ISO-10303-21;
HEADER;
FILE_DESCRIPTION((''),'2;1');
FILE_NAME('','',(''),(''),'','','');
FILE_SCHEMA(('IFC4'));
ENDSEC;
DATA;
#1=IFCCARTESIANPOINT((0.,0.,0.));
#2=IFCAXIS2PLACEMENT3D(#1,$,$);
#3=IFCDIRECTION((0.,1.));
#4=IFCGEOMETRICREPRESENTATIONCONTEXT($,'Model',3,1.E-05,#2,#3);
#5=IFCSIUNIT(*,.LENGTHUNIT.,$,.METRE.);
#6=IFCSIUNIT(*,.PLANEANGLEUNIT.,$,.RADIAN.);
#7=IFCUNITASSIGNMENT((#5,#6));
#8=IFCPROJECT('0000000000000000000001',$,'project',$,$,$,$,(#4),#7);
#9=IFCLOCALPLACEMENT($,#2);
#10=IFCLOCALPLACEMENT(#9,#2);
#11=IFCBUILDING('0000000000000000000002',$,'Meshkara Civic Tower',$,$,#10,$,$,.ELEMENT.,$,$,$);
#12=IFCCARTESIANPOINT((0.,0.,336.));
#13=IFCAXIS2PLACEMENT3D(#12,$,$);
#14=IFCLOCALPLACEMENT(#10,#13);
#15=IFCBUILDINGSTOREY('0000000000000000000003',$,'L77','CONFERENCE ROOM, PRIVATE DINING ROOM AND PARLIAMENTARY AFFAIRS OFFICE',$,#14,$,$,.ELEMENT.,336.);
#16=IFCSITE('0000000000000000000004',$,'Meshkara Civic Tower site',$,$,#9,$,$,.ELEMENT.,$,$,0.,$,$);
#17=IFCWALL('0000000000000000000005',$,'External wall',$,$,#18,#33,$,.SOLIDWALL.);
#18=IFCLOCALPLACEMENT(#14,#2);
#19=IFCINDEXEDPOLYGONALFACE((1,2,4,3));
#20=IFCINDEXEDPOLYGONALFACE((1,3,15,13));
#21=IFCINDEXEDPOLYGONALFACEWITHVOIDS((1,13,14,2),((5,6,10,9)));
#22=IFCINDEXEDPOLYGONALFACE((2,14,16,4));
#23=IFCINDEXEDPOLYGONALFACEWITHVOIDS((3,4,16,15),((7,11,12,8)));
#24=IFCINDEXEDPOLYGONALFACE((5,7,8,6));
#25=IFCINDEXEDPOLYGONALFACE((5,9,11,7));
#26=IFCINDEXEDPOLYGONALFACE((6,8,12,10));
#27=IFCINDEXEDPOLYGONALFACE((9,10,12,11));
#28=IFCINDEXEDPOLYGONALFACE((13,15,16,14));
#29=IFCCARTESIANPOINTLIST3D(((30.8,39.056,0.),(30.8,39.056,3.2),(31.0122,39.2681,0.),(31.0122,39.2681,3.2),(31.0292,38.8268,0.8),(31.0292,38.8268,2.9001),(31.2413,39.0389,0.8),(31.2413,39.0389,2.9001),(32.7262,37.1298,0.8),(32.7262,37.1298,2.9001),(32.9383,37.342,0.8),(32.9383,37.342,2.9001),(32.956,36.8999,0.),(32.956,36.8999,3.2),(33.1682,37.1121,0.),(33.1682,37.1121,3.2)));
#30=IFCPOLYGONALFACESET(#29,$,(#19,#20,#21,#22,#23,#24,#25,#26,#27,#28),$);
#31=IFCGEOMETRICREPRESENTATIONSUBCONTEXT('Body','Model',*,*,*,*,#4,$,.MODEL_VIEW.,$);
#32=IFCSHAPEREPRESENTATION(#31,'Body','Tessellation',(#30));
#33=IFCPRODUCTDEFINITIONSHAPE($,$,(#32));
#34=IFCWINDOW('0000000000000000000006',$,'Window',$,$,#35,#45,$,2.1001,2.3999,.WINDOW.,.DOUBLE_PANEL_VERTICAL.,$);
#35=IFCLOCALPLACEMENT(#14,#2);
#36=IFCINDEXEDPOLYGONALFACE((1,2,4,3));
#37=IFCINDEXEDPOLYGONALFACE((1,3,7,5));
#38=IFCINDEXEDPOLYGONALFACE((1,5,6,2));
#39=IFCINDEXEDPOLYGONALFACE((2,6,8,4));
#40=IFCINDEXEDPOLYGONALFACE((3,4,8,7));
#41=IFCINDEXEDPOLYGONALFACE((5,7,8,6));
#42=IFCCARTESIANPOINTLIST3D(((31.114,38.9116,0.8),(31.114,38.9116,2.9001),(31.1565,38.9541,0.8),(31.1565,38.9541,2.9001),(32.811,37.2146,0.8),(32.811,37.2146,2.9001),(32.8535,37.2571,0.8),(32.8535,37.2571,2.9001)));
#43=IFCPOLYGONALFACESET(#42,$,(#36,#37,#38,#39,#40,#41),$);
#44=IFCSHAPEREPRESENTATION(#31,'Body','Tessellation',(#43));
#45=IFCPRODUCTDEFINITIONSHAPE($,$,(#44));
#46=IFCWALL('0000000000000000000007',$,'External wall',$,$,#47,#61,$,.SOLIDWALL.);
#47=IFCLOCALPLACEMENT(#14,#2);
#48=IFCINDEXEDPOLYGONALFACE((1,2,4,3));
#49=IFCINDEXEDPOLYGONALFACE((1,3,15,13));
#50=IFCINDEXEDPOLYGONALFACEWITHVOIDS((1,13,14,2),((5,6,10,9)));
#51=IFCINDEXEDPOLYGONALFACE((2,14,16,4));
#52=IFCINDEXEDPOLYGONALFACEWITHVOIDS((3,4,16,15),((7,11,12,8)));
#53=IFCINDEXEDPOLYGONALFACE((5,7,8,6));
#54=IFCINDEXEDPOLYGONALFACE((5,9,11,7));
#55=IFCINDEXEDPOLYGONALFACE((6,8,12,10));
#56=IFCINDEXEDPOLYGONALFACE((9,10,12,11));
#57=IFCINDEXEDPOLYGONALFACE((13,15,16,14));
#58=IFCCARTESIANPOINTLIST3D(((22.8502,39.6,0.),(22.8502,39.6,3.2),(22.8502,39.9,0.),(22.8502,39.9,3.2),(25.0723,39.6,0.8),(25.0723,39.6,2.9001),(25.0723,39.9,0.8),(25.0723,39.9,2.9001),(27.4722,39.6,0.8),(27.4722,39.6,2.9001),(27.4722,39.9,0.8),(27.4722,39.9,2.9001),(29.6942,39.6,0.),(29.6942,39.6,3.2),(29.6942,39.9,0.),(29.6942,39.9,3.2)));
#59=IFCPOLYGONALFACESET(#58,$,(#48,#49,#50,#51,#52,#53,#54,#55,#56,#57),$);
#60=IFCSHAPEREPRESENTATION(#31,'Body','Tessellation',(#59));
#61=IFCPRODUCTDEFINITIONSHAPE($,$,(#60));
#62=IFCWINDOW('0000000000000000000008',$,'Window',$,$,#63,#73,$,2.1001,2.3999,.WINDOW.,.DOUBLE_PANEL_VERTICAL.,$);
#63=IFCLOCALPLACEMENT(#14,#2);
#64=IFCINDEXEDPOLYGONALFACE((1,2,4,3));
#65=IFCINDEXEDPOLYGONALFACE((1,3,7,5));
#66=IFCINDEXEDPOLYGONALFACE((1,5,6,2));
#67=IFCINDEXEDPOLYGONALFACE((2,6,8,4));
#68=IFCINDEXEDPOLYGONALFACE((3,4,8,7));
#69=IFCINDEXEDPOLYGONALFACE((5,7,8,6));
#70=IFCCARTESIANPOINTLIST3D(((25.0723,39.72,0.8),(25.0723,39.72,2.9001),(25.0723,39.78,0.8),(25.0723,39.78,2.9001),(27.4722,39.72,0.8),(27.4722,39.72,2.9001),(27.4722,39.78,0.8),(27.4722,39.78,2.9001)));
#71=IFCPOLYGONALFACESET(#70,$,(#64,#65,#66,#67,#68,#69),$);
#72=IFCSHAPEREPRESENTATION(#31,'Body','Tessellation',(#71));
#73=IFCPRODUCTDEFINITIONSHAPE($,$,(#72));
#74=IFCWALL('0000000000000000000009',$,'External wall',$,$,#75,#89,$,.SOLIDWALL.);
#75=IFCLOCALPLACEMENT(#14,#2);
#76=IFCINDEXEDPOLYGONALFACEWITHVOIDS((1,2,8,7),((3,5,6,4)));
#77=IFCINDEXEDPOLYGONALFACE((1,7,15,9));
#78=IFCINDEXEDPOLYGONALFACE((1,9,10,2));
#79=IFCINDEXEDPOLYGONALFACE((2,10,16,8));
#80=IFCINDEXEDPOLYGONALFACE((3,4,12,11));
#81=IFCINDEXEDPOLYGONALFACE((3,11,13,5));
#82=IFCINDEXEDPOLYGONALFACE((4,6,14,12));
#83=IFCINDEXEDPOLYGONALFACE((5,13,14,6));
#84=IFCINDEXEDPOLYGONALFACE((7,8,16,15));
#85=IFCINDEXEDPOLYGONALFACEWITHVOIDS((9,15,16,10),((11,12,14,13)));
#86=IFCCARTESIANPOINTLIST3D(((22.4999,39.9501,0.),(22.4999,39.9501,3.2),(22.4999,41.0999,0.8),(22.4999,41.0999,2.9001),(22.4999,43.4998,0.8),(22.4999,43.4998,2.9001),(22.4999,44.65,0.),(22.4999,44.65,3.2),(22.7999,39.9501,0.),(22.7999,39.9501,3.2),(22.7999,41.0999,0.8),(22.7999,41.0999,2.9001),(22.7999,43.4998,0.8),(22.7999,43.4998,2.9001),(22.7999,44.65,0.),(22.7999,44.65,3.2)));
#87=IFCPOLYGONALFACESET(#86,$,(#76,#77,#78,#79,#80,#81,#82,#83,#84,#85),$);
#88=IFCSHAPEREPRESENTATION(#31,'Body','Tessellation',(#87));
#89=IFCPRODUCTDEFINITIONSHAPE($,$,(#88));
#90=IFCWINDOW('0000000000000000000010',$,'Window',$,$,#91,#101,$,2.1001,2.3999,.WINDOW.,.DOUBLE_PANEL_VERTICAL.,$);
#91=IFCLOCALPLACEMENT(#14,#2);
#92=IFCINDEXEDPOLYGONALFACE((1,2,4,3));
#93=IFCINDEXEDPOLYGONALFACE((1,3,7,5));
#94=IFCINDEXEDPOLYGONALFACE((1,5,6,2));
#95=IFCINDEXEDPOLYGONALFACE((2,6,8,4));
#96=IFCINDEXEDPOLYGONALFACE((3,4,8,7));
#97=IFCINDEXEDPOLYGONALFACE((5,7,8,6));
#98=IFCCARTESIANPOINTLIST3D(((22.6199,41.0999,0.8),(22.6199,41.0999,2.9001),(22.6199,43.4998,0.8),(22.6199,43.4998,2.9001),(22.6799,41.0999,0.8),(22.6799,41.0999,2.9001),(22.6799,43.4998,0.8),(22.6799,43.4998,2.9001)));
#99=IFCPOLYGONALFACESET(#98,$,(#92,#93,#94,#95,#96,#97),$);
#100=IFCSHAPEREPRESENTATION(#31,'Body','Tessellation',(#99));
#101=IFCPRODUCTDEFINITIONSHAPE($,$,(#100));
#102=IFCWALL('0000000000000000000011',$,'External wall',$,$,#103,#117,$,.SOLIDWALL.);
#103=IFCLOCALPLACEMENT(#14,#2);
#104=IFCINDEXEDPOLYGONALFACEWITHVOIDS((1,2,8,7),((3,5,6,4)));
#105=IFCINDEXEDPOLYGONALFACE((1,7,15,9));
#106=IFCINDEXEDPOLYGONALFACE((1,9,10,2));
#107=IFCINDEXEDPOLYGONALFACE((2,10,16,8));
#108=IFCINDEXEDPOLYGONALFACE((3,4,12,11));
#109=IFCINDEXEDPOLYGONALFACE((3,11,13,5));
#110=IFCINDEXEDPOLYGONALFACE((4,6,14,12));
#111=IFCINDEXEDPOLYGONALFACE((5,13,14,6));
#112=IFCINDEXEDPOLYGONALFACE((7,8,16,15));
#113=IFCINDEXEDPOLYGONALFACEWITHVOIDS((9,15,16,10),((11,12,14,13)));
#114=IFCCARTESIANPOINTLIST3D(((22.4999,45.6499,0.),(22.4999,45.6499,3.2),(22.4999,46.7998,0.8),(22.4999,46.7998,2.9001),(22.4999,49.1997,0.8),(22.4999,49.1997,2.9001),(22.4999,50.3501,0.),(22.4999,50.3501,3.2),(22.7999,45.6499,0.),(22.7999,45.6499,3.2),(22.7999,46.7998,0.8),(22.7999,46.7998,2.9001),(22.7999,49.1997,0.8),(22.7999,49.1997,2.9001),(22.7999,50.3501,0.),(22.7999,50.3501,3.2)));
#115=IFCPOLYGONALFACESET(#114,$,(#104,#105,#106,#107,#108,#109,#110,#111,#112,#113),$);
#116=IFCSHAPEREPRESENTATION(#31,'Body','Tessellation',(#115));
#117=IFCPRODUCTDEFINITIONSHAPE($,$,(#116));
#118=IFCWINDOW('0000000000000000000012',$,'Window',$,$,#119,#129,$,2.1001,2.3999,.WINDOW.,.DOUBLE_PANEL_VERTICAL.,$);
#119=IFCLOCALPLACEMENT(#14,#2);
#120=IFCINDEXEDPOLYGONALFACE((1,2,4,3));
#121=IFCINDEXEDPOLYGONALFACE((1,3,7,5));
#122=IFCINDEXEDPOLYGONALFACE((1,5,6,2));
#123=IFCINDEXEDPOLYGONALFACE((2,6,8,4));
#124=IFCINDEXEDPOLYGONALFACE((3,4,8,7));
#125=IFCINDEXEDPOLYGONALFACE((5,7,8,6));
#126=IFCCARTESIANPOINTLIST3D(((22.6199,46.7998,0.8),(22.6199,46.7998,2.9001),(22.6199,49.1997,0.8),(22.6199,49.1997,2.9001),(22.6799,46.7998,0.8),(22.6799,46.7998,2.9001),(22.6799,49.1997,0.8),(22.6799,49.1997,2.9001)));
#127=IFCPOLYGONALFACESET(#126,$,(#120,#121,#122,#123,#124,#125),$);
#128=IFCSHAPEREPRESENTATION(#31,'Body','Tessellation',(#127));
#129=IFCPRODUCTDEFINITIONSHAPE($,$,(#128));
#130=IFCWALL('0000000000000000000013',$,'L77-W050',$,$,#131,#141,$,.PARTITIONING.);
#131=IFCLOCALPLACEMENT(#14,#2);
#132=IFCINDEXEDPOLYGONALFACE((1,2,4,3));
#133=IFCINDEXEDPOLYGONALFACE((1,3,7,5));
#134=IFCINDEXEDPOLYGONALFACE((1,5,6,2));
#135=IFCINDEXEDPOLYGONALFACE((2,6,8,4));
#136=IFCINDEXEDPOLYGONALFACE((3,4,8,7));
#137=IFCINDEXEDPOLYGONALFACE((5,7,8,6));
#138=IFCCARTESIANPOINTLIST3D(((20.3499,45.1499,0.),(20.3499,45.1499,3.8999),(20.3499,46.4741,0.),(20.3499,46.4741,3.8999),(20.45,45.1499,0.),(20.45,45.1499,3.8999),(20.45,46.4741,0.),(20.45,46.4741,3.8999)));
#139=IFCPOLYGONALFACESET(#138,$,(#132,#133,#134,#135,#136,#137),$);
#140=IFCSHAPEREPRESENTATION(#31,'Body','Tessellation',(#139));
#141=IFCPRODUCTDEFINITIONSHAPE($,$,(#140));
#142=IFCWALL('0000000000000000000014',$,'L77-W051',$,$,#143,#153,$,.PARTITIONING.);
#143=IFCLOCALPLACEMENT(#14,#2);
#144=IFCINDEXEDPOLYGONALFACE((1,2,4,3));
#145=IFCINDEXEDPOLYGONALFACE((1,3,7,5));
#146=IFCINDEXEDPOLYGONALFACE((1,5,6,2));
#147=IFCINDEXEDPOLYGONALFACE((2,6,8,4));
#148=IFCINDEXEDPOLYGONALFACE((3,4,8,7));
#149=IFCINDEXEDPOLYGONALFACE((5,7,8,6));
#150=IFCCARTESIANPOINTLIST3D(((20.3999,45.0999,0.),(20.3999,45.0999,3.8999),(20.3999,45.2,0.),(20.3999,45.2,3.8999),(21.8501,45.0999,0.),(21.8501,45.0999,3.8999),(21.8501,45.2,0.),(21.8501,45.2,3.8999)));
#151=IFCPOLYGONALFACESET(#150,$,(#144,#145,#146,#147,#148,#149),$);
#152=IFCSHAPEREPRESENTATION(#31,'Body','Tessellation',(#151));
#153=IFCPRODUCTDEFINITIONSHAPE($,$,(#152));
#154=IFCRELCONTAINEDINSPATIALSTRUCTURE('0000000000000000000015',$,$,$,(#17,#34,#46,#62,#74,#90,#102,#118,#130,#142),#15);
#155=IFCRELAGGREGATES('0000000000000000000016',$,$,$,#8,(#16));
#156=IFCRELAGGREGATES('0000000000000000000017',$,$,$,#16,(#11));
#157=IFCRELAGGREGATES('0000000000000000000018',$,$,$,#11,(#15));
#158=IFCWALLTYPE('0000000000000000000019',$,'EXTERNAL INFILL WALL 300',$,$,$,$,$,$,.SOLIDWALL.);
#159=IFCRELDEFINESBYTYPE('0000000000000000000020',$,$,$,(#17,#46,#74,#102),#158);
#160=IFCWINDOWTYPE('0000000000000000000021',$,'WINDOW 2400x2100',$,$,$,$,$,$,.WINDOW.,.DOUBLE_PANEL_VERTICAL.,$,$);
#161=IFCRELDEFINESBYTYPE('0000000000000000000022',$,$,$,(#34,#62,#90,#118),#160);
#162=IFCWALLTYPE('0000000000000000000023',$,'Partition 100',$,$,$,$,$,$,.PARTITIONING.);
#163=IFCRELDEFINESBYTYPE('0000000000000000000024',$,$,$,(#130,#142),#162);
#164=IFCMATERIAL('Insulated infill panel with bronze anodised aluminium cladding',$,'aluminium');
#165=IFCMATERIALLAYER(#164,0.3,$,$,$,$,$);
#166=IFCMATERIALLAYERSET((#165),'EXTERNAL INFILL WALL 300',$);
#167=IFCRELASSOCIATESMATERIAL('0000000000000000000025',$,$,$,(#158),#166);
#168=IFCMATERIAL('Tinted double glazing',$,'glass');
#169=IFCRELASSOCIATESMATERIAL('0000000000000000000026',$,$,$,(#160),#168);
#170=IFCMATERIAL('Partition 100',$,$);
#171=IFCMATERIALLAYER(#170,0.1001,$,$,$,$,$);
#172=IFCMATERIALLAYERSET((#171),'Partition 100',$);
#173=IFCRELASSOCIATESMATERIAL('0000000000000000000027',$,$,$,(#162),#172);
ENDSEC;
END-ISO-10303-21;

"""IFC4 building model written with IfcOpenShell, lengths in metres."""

from ifc_helpers import new_model, si_unit, direction, frame, frame_2d, origin, place, context, subcontext, project, spatial, rectangle, extrude, material, layer, layer_set, type_object, element, fill, save


model = new_model("IFC4")

# Units and contexts
model_context = context("Model", 3, precision=1e-05, world=origin(), true_north=direction((0.0, 1.0)))
body_context = subcontext(model_context, "Body", "Model", "MODEL_VIEW")
ifc_project = project(units=[si_unit("LENGTHUNIT", "METRE"), si_unit("PLANEANGLEUNIT", "RADIAN")], contexts=[model_context])

# Site, building, storey
site_placement = place(None, origin())
site = spatial("IfcSite", under=ifc_project, at=site_placement, Name="Meshkara Civic Tower site", CompositionType="ELEMENT", RefElevation=0.0)
building_placement = place(site_placement, origin())
building = spatial("IfcBuilding", under=site, at=building_placement, Name="Meshkara Civic Tower", CompositionType="ELEMENT")
storey_placement = place(building_placement, frame((0.0, 0.0, 336.0)))
storey = spatial("IfcBuildingStorey", under=building, at=storey_placement, Name="L77", Description="CONFERENCE ROOM, PRIVATE DINING ROOM AND PARLIAMENTARY AFFAIRS OFFICE", CompositionType="ELEMENT", Elevation=336.0)

# Walls, openings, windows
ifc_material_1 = material(Name="Insulated infill panel with bronze anodised aluminium cladding", Category="aluminium")
ifc_layer_1 = layer(ifc_material_1, 0.3)
ifc_layer_set_1 = layer_set([ifc_layer_1], Name="EXTERNAL INFILL WALL 300")
wall_type_1 = type_object("IfcWallType", Name="EXTERNAL INFILL WALL 300", PredefinedType="SOLIDWALL", material=ifc_layer_set_1)
wall_1_placement = place(storey_placement, frame((33.062, 37.0061, 0.0), z_axis=(0.0, 0.0, 1.0), x_axis=(-0.707107, 0.707107, 0.0)))
wall_1 = element("IfcWall", 1, at=wall_1_placement, inside=storey, type_object=wall_type_1, Name="External wall", PredefinedType="SOLIDWALL", context=body_context, shape_type="SweptSolid", body=[
    extrude(rectangle(XDim=3.0491, YDim=0.3, at=frame_2d((1.5244, 0.0))), origin(), (0.0, 0.0, 1.0), 3.2),
])
opening_1_placement = place(wall_1_placement, frame((0.325, 0.0, 0.8)))
opening_1 = element("IfcOpeningElement", 2, at=opening_1_placement, cuts=wall_1, PredefinedType="OPENING", context=body_context, shape_type="SweptSolid", body=[
    extrude(rectangle(XDim=2.3999, YDim=2.1001, at=frame_2d((1.2, 1.05))), frame((0.0, 0.1599, 0.0), z_axis=(0.0, -1.0, 0.0), x_axis=(1.0, 0.0, 0.0)), (0.0, 0.0, 1.0), 0.3201),
])
ifc_material_2 = material(Name="Tinted double glazing", Category="glass")
window_type = type_object("IfcWindowType", Name="WINDOW 2400x2100", PartitioningType="DOUBLE_PANEL_VERTICAL", PredefinedType="WINDOW", material=ifc_material_2)
window_1_placement = place(opening_1_placement, origin())
window_1 = element("IfcWindow", 3, at=window_1_placement, inside=storey, type_object=window_type, Name="Window", OverallHeight=2.1001, OverallWidth=2.3999, PartitioningType="DOUBLE_PANEL_VERTICAL", PredefinedType="WINDOW", context=body_context, shape_type="SweptSolid", body=[
    extrude(rectangle(XDim=2.3999, YDim=2.1001, at=frame_2d((1.2, 1.05))), frame((0.0, 0.03, 0.0), z_axis=(0.0, -1.0, 0.0), x_axis=(1.0, 0.0, 0.0)), (0.0, 0.0, 1.0), 0.0601),
])
fill(opening_1, window_1)
wall_2_placement = place(storey_placement, frame((29.6941, 39.75, 0.0), z_axis=(0.0, 0.0, 1.0), x_axis=(-1.0, 0.0, 0.0)))
wall_2 = element("IfcWall", 4, at=wall_2_placement, inside=storey, type_object=wall_type_1, Name="External wall", PredefinedType="SOLIDWALL", context=body_context, shape_type="SweptSolid", body=[
    extrude(rectangle(XDim=6.844, YDim=0.3, at=frame_2d((3.4219, 0.0))), origin(), (0.0, 0.0, 1.0), 3.2),
])
opening_2_placement = place(wall_2_placement, frame((2.2219, 0.0, 0.8)))
opening_2 = element("IfcOpeningElement", 5, at=opening_2_placement, cuts=wall_2, PredefinedType="OPENING", context=body_context, shape_type="SweptSolid", body=[
    extrude(rectangle(XDim=2.3999, YDim=2.1001, at=frame_2d((1.2, 1.05))), frame((0.0, 0.1599, 0.0), z_axis=(0.0, -1.0, 0.0), x_axis=(1.0, 0.0, 0.0)), (0.0, 0.0, 1.0), 0.3201),
])
window_2_placement = place(opening_2_placement, origin())
window_2 = element("IfcWindow", 6, at=window_2_placement, inside=storey, type_object=window_type, Name="Window", OverallHeight=2.1001, OverallWidth=2.3999, PartitioningType="DOUBLE_PANEL_VERTICAL", PredefinedType="WINDOW", context=body_context, shape_type="SweptSolid", body=[
    extrude(rectangle(XDim=2.3999, YDim=2.1001, at=frame_2d((1.2, 1.05))), frame((0.0, 0.03, 0.0), z_axis=(0.0, -1.0, 0.0), x_axis=(1.0, 0.0, 0.0)), (0.0, 0.0, 1.0), 0.0601),
])
fill(opening_2, window_2)
wall_3_placement = place(storey_placement, frame((22.6499, 39.95, 0.0), z_axis=(0.0, 0.0, 1.0), x_axis=(0.0, 1.0, 0.0)))
wall_3 = element("IfcWall", 7, at=wall_3_placement, inside=storey, type_object=wall_type_1, Name="External wall", PredefinedType="SOLIDWALL", context=body_context, shape_type="SweptSolid", body=[
    extrude(rectangle(XDim=4.7, YDim=0.3, at=frame_2d((2.3501, 0.0))), origin(), (0.0, 0.0, 1.0), 3.2),
])
opening_3_placement = place(wall_3_placement, frame((1.1499, 0.0, 0.8)))
opening_3 = element("IfcOpeningElement", 8, at=opening_3_placement, cuts=wall_3, PredefinedType="OPENING", context=body_context, shape_type="SweptSolid", body=[
    extrude(rectangle(XDim=2.3999, YDim=2.1001, at=frame_2d((1.2, 1.05))), frame((0.0, 0.1599, 0.0), z_axis=(0.0, -1.0, 0.0), x_axis=(1.0, 0.0, 0.0)), (0.0, 0.0, 1.0), 0.3201),
])
window_3_placement = place(opening_3_placement, origin())
window_3 = element("IfcWindow", 9, at=window_3_placement, inside=storey, type_object=window_type, Name="Window", OverallHeight=2.1001, OverallWidth=2.3999, PartitioningType="DOUBLE_PANEL_VERTICAL", PredefinedType="WINDOW", context=body_context, shape_type="SweptSolid", body=[
    extrude(rectangle(XDim=2.3999, YDim=2.1001, at=frame_2d((1.2, 1.05))), frame((0.0, 0.03, 0.0), z_axis=(0.0, -1.0, 0.0), x_axis=(1.0, 0.0, 0.0)), (0.0, 0.0, 1.0), 0.0601),
])
fill(opening_3, window_3)
wall_4_placement = place(storey_placement, frame((22.6499, 45.6499, 0.0), z_axis=(0.0, 0.0, 1.0), x_axis=(0.0, 1.0, 0.0)))
wall_4 = element("IfcWall", 10, at=wall_4_placement, inside=storey, type_object=wall_type_1, Name="External wall", PredefinedType="SOLIDWALL", context=body_context, shape_type="SweptSolid", body=[
    extrude(rectangle(XDim=4.7002, YDim=0.3, at=frame_2d((2.3501, 0.0))), origin(), (0.0, 0.0, 1.0), 3.2),
])
opening_4_placement = place(wall_4_placement, frame((1.1499, 0.0, 0.8)))
opening_4 = element("IfcOpeningElement", 11, at=opening_4_placement, cuts=wall_4, PredefinedType="OPENING", context=body_context, shape_type="SweptSolid", body=[
    extrude(rectangle(XDim=2.3999, YDim=2.1001, at=frame_2d((1.2, 1.05))), frame((0.0, 0.1599, 0.0), z_axis=(0.0, -1.0, 0.0), x_axis=(1.0, 0.0, 0.0)), (0.0, 0.0, 1.0), 0.3201),
])
window_4_placement = place(opening_4_placement, origin())
window_4 = element("IfcWindow", 12, at=window_4_placement, inside=storey, type_object=window_type, Name="Window", OverallHeight=2.1001, OverallWidth=2.3999, PartitioningType="DOUBLE_PANEL_VERTICAL", PredefinedType="WINDOW", context=body_context, shape_type="SweptSolid", body=[
    extrude(rectangle(XDim=2.3999, YDim=2.1001, at=frame_2d((1.2, 1.05))), frame((0.0, 0.03, 0.0), z_axis=(0.0, -1.0, 0.0), x_axis=(1.0, 0.0, 0.0)), (0.0, 0.0, 1.0), 0.0601),
])
fill(opening_4, window_4)

# Walls
ifc_material_3 = material(Name="Partition 100")
ifc_layer_2 = layer(ifc_material_3, 0.1001)
ifc_layer_set_2 = layer_set([ifc_layer_2], Name="Partition 100")
wall_type_2 = type_object("IfcWallType", Name="Partition 100", PredefinedType="PARTITIONING", material=ifc_layer_set_2)
wall_5_placement = place(storey_placement, frame((20.3999, 45.1499, 0.0), z_axis=(0.0, 0.0, 1.0), x_axis=(0.0, 1.0, 0.0)))
element("IfcWall", 13, at=wall_5_placement, inside=storey, type_object=wall_type_2, Name="L77-W050", PredefinedType="PARTITIONING", context=body_context, shape_type="SweptSolid", body=[
    extrude(rectangle(XDim=1.3242, YDim=0.1001, at=frame_2d((0.6621, 0.0))), origin(), (0.0, 0.0, 1.0), 3.8999),
])
wall_6_placement = place(storey_placement, frame((21.8501, 45.1499, 0.0), z_axis=(0.0, 0.0, 1.0), x_axis=(-1.0, 0.0, 0.0)))
element("IfcWall", 14, at=wall_6_placement, inside=storey, type_object=wall_type_2, Name="L77-W051", PredefinedType="PARTITIONING", context=body_context, shape_type="SweptSolid", body=[
    extrude(rectangle(XDim=1.4502, YDim=0.1001, at=frame_2d((0.7251, 0.0))), origin(), (0.0, 0.0, 1.0), 3.8999),
])

save(model, "model.ifc")
